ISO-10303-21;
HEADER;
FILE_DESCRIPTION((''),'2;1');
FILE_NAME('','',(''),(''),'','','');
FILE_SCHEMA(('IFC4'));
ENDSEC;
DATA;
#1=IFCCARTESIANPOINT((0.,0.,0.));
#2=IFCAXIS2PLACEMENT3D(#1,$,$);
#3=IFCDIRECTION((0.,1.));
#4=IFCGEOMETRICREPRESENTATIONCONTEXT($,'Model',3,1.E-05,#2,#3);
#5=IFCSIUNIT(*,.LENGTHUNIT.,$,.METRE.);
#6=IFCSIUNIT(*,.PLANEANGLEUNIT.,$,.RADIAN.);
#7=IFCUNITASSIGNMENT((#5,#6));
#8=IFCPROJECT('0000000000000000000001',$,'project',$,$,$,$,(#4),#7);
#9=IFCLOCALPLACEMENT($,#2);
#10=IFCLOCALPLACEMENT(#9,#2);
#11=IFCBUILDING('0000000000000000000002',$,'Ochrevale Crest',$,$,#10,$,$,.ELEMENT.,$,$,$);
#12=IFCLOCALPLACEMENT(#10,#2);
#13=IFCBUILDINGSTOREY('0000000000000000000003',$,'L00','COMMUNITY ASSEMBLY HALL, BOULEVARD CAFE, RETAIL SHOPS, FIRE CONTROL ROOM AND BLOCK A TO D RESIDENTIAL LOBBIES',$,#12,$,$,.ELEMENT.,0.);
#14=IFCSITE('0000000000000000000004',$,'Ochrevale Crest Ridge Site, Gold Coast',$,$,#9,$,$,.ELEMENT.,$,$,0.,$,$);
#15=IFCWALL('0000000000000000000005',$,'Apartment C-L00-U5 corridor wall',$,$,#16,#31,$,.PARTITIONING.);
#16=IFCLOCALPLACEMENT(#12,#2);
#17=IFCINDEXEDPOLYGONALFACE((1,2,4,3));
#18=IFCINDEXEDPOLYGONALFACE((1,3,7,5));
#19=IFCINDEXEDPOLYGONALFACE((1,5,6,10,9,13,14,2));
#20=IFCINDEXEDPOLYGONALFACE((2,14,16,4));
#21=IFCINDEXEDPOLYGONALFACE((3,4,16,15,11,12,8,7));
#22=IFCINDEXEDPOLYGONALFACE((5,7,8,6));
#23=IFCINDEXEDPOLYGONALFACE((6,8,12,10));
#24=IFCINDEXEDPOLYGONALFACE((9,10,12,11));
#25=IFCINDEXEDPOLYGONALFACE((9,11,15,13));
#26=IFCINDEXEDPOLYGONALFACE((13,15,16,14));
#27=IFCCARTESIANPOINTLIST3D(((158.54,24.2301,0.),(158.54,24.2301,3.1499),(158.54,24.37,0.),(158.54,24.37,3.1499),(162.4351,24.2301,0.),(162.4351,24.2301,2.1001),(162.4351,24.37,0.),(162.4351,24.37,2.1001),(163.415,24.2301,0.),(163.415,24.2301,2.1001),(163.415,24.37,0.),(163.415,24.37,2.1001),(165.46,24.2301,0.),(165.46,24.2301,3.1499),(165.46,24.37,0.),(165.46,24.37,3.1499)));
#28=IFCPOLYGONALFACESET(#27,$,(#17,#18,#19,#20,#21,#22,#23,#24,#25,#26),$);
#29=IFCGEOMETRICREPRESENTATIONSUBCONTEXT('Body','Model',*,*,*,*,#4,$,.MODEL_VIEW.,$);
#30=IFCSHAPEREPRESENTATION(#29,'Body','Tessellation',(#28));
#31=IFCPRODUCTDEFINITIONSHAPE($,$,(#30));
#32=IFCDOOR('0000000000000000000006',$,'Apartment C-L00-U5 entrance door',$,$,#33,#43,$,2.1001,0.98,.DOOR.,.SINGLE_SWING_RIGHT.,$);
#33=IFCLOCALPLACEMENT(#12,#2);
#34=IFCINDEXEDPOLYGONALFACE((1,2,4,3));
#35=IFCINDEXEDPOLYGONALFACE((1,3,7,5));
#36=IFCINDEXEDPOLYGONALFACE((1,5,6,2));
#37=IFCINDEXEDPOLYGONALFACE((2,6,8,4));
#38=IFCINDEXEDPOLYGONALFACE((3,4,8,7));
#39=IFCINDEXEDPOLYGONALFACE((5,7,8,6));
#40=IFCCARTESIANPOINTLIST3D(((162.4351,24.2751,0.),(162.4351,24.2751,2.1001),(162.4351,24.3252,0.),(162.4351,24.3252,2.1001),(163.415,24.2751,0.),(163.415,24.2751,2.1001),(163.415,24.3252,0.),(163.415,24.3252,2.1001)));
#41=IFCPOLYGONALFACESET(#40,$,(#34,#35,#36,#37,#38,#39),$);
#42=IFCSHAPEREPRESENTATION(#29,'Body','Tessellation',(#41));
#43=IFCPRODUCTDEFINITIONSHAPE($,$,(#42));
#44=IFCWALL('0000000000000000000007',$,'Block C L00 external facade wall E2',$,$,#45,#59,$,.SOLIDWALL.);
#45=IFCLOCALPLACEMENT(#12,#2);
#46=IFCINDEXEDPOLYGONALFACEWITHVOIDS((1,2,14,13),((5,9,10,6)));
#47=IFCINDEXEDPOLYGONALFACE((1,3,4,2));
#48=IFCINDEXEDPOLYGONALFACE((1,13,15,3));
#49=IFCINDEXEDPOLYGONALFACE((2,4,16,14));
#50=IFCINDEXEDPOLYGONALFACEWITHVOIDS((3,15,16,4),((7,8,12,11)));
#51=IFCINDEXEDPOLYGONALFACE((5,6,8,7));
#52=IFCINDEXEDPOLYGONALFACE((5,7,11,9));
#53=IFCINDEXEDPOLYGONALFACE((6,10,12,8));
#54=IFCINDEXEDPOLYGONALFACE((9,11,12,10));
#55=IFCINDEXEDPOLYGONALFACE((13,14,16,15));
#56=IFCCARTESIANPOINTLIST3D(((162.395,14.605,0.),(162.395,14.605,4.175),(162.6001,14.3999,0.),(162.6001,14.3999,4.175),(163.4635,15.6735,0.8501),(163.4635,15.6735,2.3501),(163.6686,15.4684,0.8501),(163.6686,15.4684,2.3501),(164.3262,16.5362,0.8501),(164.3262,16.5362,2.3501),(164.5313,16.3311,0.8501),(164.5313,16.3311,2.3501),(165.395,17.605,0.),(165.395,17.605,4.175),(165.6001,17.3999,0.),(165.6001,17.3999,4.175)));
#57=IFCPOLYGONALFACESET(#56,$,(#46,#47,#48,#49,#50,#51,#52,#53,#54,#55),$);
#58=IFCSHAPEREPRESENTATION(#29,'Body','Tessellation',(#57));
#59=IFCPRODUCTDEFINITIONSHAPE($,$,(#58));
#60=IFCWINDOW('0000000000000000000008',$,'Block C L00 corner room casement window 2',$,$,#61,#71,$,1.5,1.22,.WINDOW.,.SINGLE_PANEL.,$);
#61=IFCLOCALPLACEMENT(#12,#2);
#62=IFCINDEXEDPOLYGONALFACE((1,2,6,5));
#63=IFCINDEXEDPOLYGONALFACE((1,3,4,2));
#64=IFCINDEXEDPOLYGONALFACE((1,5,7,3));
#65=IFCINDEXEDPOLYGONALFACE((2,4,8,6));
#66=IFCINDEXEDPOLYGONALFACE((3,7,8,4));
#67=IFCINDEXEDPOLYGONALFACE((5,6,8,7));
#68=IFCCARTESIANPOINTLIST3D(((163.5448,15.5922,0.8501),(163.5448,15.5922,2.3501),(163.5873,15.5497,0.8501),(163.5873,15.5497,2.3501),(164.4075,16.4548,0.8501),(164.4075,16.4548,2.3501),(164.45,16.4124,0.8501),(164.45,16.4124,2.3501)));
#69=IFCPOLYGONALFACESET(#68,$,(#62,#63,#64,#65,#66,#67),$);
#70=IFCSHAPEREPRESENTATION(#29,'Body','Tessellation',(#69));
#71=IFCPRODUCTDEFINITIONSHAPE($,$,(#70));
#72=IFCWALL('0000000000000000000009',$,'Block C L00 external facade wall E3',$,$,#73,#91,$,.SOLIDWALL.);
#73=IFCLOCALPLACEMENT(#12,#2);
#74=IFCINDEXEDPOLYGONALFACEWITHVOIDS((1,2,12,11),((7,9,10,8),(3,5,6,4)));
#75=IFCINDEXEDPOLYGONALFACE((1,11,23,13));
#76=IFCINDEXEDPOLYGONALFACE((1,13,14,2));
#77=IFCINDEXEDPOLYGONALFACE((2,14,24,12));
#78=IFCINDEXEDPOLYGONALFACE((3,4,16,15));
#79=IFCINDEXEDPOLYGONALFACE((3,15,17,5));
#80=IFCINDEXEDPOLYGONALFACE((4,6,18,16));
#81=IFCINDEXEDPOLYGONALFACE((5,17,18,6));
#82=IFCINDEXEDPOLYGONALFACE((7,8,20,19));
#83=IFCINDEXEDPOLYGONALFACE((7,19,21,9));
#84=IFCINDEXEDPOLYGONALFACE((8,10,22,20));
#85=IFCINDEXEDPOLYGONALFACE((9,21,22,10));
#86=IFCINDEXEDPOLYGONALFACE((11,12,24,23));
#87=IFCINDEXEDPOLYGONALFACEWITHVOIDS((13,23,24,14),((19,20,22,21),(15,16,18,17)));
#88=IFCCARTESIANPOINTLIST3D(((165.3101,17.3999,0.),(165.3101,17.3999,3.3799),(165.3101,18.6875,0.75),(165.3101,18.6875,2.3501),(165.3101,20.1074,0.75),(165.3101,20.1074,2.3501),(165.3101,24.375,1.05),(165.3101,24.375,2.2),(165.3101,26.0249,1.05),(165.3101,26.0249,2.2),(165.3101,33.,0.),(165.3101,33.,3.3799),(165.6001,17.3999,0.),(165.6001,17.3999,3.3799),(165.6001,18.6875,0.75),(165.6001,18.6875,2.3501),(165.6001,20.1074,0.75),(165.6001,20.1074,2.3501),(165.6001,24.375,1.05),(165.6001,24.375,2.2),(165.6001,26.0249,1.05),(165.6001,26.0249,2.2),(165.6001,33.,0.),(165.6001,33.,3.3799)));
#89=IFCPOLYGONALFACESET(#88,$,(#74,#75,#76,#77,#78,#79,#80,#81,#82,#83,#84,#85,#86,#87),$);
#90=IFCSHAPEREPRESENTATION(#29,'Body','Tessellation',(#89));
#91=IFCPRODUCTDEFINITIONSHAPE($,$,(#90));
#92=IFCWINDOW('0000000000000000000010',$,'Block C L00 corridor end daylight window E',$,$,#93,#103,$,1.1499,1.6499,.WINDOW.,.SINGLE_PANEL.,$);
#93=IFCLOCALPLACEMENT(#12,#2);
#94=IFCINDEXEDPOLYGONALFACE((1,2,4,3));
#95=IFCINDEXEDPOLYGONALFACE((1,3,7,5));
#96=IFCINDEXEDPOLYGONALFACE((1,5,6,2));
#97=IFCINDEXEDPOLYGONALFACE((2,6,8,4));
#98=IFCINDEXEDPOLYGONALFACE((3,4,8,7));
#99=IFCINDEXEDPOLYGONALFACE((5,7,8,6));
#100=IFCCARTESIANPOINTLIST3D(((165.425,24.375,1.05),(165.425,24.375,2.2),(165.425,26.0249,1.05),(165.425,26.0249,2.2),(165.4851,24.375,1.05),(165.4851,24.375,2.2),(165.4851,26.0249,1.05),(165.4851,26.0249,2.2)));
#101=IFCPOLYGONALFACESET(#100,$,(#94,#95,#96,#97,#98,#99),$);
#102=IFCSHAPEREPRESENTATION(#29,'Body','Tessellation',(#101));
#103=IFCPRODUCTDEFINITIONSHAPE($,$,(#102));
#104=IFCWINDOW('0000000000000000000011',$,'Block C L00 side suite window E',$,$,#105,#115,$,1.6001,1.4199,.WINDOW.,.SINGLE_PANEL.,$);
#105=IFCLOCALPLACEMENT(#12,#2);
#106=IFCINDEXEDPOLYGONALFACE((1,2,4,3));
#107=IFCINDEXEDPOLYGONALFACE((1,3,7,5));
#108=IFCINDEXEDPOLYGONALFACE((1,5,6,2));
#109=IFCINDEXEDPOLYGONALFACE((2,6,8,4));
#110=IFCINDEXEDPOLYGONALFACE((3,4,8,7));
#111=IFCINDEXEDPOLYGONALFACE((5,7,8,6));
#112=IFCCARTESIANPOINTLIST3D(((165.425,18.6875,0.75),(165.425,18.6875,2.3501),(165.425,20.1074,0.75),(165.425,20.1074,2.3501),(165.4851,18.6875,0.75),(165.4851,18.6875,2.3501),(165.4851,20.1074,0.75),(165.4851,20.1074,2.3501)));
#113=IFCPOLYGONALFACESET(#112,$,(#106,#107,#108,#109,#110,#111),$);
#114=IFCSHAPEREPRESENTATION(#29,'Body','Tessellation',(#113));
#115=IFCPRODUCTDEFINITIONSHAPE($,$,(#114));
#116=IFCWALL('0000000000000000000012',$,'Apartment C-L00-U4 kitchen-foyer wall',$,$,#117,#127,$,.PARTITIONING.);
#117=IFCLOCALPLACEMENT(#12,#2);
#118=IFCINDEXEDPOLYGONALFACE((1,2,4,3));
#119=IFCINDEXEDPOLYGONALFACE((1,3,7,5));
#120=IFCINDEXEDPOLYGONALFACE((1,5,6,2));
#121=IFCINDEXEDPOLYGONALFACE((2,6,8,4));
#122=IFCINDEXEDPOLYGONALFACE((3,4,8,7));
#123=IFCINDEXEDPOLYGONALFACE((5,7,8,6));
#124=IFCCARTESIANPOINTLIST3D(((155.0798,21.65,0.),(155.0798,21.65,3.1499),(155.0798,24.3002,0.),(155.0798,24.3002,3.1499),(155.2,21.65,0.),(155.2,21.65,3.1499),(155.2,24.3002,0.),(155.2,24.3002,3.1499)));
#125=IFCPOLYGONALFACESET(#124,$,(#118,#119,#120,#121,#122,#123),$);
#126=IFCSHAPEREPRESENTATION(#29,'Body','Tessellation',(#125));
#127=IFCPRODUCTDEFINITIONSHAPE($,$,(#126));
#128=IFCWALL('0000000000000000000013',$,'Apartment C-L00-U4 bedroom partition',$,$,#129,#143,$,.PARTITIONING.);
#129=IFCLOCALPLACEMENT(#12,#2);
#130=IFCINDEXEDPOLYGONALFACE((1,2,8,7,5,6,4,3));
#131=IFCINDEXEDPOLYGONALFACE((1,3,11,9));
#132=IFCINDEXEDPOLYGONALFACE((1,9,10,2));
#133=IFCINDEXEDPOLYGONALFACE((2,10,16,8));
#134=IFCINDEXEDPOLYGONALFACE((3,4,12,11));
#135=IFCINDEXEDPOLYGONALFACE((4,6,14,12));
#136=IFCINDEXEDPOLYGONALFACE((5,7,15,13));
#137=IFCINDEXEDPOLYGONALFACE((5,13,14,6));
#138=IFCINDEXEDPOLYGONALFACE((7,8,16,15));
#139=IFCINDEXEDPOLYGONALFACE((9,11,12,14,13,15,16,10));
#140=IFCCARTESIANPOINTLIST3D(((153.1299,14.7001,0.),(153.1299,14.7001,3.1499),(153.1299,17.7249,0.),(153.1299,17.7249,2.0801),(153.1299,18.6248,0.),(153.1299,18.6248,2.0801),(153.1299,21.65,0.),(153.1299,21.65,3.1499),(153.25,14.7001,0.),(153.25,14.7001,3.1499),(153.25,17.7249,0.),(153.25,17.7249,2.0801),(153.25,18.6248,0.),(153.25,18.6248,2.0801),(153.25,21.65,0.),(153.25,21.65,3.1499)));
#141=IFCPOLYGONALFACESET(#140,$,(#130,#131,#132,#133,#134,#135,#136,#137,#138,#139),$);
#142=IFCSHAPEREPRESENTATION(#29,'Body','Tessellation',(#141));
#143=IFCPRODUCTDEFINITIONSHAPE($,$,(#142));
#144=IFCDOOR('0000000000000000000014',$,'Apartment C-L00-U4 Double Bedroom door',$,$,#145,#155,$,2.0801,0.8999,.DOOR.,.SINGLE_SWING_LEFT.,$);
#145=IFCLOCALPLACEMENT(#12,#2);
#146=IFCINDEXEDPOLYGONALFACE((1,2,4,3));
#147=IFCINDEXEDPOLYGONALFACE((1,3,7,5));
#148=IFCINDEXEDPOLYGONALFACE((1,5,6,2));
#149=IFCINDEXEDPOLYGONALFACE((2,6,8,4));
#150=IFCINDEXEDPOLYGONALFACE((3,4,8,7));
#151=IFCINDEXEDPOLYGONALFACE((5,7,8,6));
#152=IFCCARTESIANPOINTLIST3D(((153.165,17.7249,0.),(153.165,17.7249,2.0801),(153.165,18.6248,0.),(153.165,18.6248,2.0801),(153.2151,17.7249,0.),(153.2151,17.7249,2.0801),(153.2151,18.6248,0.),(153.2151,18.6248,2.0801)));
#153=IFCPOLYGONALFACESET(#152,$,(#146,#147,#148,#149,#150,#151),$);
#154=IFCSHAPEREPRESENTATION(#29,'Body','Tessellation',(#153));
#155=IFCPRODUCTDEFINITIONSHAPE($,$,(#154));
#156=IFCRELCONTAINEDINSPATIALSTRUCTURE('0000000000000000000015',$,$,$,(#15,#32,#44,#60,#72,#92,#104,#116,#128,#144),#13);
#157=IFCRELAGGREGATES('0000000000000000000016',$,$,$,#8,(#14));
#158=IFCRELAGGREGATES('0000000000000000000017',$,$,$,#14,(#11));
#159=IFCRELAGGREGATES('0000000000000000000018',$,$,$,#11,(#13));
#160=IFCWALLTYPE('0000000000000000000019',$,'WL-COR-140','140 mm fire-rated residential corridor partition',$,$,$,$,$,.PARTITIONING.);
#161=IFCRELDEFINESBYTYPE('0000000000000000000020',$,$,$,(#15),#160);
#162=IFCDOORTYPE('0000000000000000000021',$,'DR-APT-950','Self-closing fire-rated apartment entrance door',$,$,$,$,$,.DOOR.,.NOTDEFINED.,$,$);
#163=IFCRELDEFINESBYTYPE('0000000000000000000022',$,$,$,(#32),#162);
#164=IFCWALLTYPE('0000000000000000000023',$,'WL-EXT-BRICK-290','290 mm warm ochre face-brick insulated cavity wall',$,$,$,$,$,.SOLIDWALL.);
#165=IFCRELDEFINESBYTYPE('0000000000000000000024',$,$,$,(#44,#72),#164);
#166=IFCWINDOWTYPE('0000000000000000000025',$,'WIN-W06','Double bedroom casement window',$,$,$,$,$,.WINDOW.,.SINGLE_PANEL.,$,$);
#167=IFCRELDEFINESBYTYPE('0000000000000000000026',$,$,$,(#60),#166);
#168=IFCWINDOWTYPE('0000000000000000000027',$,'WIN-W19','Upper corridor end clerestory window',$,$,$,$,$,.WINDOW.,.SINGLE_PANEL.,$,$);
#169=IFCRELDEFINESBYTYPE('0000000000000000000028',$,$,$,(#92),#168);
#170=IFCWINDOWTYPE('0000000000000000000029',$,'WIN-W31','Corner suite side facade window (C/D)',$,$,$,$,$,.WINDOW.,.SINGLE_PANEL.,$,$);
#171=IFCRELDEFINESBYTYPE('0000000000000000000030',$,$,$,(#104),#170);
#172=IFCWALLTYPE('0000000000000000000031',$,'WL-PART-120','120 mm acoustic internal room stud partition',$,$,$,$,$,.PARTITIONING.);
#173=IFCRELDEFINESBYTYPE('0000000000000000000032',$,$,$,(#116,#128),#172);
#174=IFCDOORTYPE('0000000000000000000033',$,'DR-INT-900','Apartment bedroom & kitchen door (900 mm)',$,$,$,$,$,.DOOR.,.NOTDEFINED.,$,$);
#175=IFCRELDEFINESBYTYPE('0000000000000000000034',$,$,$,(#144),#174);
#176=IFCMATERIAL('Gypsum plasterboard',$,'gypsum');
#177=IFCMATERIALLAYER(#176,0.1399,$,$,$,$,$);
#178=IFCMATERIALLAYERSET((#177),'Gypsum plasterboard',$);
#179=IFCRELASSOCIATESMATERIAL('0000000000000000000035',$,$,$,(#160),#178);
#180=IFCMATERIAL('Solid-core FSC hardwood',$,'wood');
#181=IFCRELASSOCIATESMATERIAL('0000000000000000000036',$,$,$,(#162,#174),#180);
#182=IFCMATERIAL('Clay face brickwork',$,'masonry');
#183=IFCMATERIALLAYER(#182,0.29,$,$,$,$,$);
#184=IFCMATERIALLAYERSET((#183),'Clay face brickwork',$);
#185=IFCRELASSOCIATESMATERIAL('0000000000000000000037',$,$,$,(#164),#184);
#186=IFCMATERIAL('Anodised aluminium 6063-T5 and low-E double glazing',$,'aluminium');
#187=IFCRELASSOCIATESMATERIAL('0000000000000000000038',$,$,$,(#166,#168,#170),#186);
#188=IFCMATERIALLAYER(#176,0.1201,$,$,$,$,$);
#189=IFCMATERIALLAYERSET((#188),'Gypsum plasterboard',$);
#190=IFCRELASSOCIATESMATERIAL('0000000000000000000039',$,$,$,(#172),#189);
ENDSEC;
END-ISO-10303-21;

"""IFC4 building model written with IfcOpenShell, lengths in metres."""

from ifc_helpers import new_model, si_unit, direction, frame, frame_2d, origin, place, context, subcontext, project, spatial, rectangle, extrude, material, layer, layer_set, type_object, element, fill, save


model = new_model("IFC4")

# Units and contexts
model_context = context("Model", 3, precision=1e-05, world=origin(), true_north=direction((0.0, 1.0)))
body_context = subcontext(model_context, "Body", "Model", "MODEL_VIEW")
ifc_project = project(units=[si_unit("LENGTHUNIT", "METRE"), si_unit("PLANEANGLEUNIT", "RADIAN")], contexts=[model_context])

# Site, building, storey
site_placement = place(None, origin())
site = spatial("IfcSite", under=ifc_project, at=site_placement, Name="Ochrevale Crest Ridge Site, Gold Coast", CompositionType="ELEMENT", RefElevation=0.0)
building_placement = place(site_placement, origin())
building = spatial("IfcBuilding", under=site, at=building_placement, Name="Ochrevale Crest", CompositionType="ELEMENT")
storey_placement = place(building_placement, origin())
storey = spatial("IfcBuildingStorey", under=building, at=storey_placement, Name="L00", Description="COMMUNITY ASSEMBLY HALL, BOULEVARD CAFE, RETAIL SHOPS, FIRE CONTROL ROOM AND BLOCK A TO D RESIDENTIAL LOBBIES", CompositionType="ELEMENT", Elevation=0.0)

# Wall, opening, door
ifc_material_1 = material(Name="Gypsum plasterboard", Category="gypsum")
ifc_layer_1 = layer(ifc_material_1, 0.1399)
ifc_layer_set_1 = layer_set([ifc_layer_1], Name="Gypsum plasterboard")
wall_type_1 = type_object("IfcWallType", Name="WL-COR-140", Description="140 mm fire-rated residential corridor partition", PredefinedType="PARTITIONING", material=ifc_layer_set_1)
wall_1_placement = place(storey_placement, frame((158.54, 24.3, 0.0), z_axis=(0.0, 0.0, 1.0), x_axis=(1.0, 0.0, 0.0)))
wall_1 = element("IfcWall", 1, at=wall_1_placement, inside=storey, type_object=wall_type_1, Name="Apartment C-L00-U5 corridor wall", PredefinedType="PARTITIONING", context=body_context, shape_type="SweptSolid", body=[
    extrude(rectangle(XDim=6.9199, YDim=0.1399, at=frame_2d((3.46, 0.0))), origin(), (0.0, 0.0, 1.0), 3.1499),
])
opening_1_placement = place(wall_1_placement, frame((4.875, 0.0, 0.0), z_axis=(0.0, 0.0, 1.0), x_axis=(-1.0, 0.0, 0.0)))
opening_1 = element("IfcOpeningElement", 2, at=opening_1_placement, cuts=wall_1, PredefinedType="OPENING", context=body_context, shape_type="SweptSolid", body=[
    extrude(rectangle(XDim=0.98, YDim=2.1001, at=frame_2d((0.49, 1.05))), frame((0.0, 0.0801, 0.0), z_axis=(0.0, -1.0, 0.0), x_axis=(1.0, 0.0, 0.0)), (0.0, 0.0, 1.0), 0.1599),
])
ifc_material_2 = material(Name="Solid-core FSC hardwood", Category="wood")
door_type_1 = type_object("IfcDoorType", Name="DR-APT-950", Description="Self-closing fire-rated apartment entrance door", OperationType="NOTDEFINED", PredefinedType="DOOR", material=ifc_material_2)
door_1_placement = place(opening_1_placement, origin())
door_1 = element("IfcDoor", 3, at=door_1_placement, inside=storey, type_object=door_type_1, Name="Apartment C-L00-U5 entrance door", OperationType="SINGLE_SWING_RIGHT", OverallHeight=2.1001, OverallWidth=0.98, PredefinedType="DOOR", context=body_context, shape_type="SweptSolid", body=[
    extrude(rectangle(XDim=0.98, YDim=2.1001, at=frame_2d((0.49, 1.05))), frame((0.0, 0.0249, 0.0), z_axis=(0.0, -1.0, 0.0), x_axis=(1.0, 0.0, 0.0)), (0.0, 0.0, 1.0), 0.05),
])
fill(opening_1, door_1)

# Wall, opening, window
ifc_material_3 = material(Name="Clay face brickwork", Category="masonry")
ifc_layer_2 = layer(ifc_material_3, 0.29)
ifc_layer_set_2 = layer_set([ifc_layer_2], Name="Clay face brickwork")
wall_type_2 = type_object("IfcWallType", Name="WL-EXT-BRICK-290", Description="290 mm warm ochre face-brick insulated cavity wall", PredefinedType="SOLIDWALL", material=ifc_layer_set_2)
wall_2_placement = place(storey_placement, frame((162.4976, 14.5024, 0.0), z_axis=(0.0, 0.0, 1.0), x_axis=(0.707107, 0.707107, 0.0)))
wall_2 = element("IfcWall", 4, at=wall_2_placement, inside=storey, type_object=wall_type_2, Name="Block C L00 external facade wall E2", PredefinedType="SOLIDWALL", context=body_context, shape_type="SweptSolid", body=[
    extrude(rectangle(XDim=4.2427, YDim=0.29, at=frame_2d((2.1213, 0.0))), origin(), (0.0, 0.0, 1.0), 4.175),
])
opening_2_placement = place(wall_2_placement, frame((1.5112, 0.0, 0.8501)))
opening_2 = element("IfcOpeningElement", 5, at=opening_2_placement, cuts=wall_2, PredefinedType="OPENING", context=body_context, shape_type="SweptSolid", body=[
    extrude(rectangle(XDim=1.22, YDim=1.5, at=frame_2d((0.6099, 0.75))), frame((0.0, 0.155, 0.0), z_axis=(0.0, -1.0, 0.0), x_axis=(1.0, 0.0, 0.0)), (0.0, 0.0, 1.0), 0.3101),
])
ifc_material_4 = material(Name="Anodised aluminium 6063-T5 and low-E double glazing", Category="aluminium")
window_type_1 = type_object("IfcWindowType", Name="WIN-W06", Description="Double bedroom casement window", PartitioningType="SINGLE_PANEL", PredefinedType="WINDOW", material=ifc_material_4)
window_1_placement = place(opening_2_placement, origin())
window_1 = element("IfcWindow", 6, at=window_1_placement, inside=storey, type_object=window_type_1, Name="Block C L00 corner room casement window 2", OverallHeight=1.5, OverallWidth=1.22, PartitioningType="SINGLE_PANEL", PredefinedType="WINDOW", context=body_context, shape_type="SweptSolid", body=[
    extrude(rectangle(XDim=1.22, YDim=1.5, at=frame_2d((0.6099, 0.75))), frame((0.0, 0.03, 0.0), z_axis=(0.0, -1.0, 0.0), x_axis=(1.0, 0.0, 0.0)), (0.0, 0.0, 1.0), 0.0601),
])
fill(opening_2, window_1)

# Wall, openings, windows
wall_3_placement = place(storey_placement, frame((165.4551, 17.3999, 0.0), z_axis=(0.0, 0.0, 1.0), x_axis=(0.0, 1.0, 0.0)))
wall_3 = element("IfcWall", 7, at=wall_3_placement, inside=storey, type_object=wall_type_2, Name="Block C L00 external facade wall E3", PredefinedType="SOLIDWALL", context=body_context, shape_type="SweptSolid", body=[
    extrude(rectangle(XDim=15.6001, YDim=0.29, at=frame_2d((7.8, 0.0))), origin(), (0.0, 0.0, 1.0), 3.3799),
])
opening_3_placement = place(wall_3_placement, frame((6.9751, 0.0, 1.05)))
opening_3 = element("IfcOpeningElement", 8, at=opening_3_placement, cuts=wall_3, PredefinedType="OPENING", context=body_context, shape_type="SweptSolid", body=[
    extrude(rectangle(XDim=1.6499, YDim=1.1499, at=frame_2d((0.825, 0.575))), frame((0.0, 0.155, 0.0), z_axis=(0.0, -1.0, 0.0), x_axis=(1.0, 0.0, 0.0)), (0.0, 0.0, 1.0), 0.3101),
])
opening_4_placement = place(wall_3_placement, frame((1.2876, 0.0, 0.75)))
opening_4 = element("IfcOpeningElement", 9, at=opening_4_placement, cuts=wall_3, PredefinedType="OPENING", context=body_context, shape_type="SweptSolid", body=[
    extrude(rectangle(XDim=1.4199, YDim=1.6001, at=frame_2d((0.71, 0.8))), frame((0.0, 0.155, 0.0), z_axis=(0.0, -1.0, 0.0), x_axis=(1.0, 0.0, 0.0)), (0.0, 0.0, 1.0), 0.3101),
])
window_type_2 = type_object("IfcWindowType", Name="WIN-W19", Description="Upper corridor end clerestory window", PartitioningType="SINGLE_PANEL", PredefinedType="WINDOW", material=ifc_material_4)
window_2_placement = place(opening_3_placement, origin())
window_2 = element("IfcWindow", 10, at=window_2_placement, inside=storey, type_object=window_type_2, Name="Block C L00 corridor end daylight window E", OverallHeight=1.1499, OverallWidth=1.6499, PartitioningType="SINGLE_PANEL", PredefinedType="WINDOW", context=body_context, shape_type="SweptSolid", body=[
    extrude(rectangle(XDim=1.6499, YDim=1.1499, at=frame_2d((0.825, 0.575))), frame((0.0, 0.03, 0.0), z_axis=(0.0, -1.0, 0.0), x_axis=(1.0, 0.0, 0.0)), (0.0, 0.0, 1.0), 0.0601),
])
fill(opening_3, window_2)
window_type_3 = type_object("IfcWindowType", Name="WIN-W31", Description="Corner suite side facade window (C/D)", PartitioningType="SINGLE_PANEL", PredefinedType="WINDOW", material=ifc_material_4)
window_3_placement = place(opening_4_placement, origin())
window_3 = element("IfcWindow", 11, at=window_3_placement, inside=storey, type_object=window_type_3, Name="Block C L00 side suite window E", OverallHeight=1.6001, OverallWidth=1.4199, PartitioningType="SINGLE_PANEL", PredefinedType="WINDOW", context=body_context, shape_type="SweptSolid", body=[
    extrude(rectangle(XDim=1.4199, YDim=1.6001, at=frame_2d((0.71, 0.8))), frame((0.0, 0.03, 0.0), z_axis=(0.0, -1.0, 0.0), x_axis=(1.0, 0.0, 0.0)), (0.0, 0.0, 1.0), 0.0601),
])
fill(opening_4, window_3)

# Wall
ifc_layer_3 = layer(ifc_material_1, 0.1201)
ifc_layer_set_3 = layer_set([ifc_layer_3], Name="Gypsum plasterboard")
wall_type_3 = type_object("IfcWallType", Name="WL-PART-120", Description="120 mm acoustic internal room stud partition", PredefinedType="PARTITIONING", material=ifc_layer_set_3)
wall_4_placement = place(storey_placement, frame((155.1399, 21.6499, 0.0), z_axis=(0.0, 0.0, 1.0), x_axis=(0.0, 1.0, 0.0)))
element("IfcWall", 12, at=wall_4_placement, inside=storey, type_object=wall_type_3, Name="Apartment C-L00-U4 kitchen-foyer wall", PredefinedType="PARTITIONING", context=body_context, shape_type="SweptSolid", body=[
    extrude(rectangle(XDim=2.6501, YDim=0.1201, at=frame_2d((1.3252, 0.0))), origin(), (0.0, 0.0, 1.0), 3.1499),
])

# Wall, opening, door
wall_5_placement = place(storey_placement, frame((153.1899, 14.7, 0.0), z_axis=(0.0, 0.0, 1.0), x_axis=(0.0, 1.0, 0.0)))
wall_5 = element("IfcWall", 13, at=wall_5_placement, inside=storey, type_object=wall_type_3, Name="Apartment C-L00-U4 bedroom partition", PredefinedType="PARTITIONING", context=body_context, shape_type="SweptSolid", body=[
    extrude(rectangle(XDim=6.95, YDim=0.1201, at=frame_2d((3.4751, 0.0))), origin(), (0.0, 0.0, 1.0), 3.1499),
])
opening_5_placement = place(wall_5_placement, frame((3.0249, 0.0, 0.0)))
opening_5 = element("IfcOpeningElement", 14, at=opening_5_placement, cuts=wall_5, PredefinedType="OPENING", context=body_context, shape_type="SweptSolid", body=[
    extrude(rectangle(XDim=0.8999, YDim=2.0801, at=frame_2d((0.45, 1.04))), frame((0.0, 0.0701, 0.0), z_axis=(0.0, -1.0, 0.0), x_axis=(1.0, 0.0, 0.0)), (0.0, 0.0, 1.0), 0.1401),
])
door_type_2 = type_object("IfcDoorType", Name="DR-INT-900", Description="Apartment bedroom & kitchen door (900 mm)", OperationType="NOTDEFINED", PredefinedType="DOOR", material=ifc_material_2)
door_2_placement = place(opening_5_placement, origin())
door_2 = element("IfcDoor", 15, at=door_2_placement, inside=storey, type_object=door_type_2, Name="Apartment C-L00-U4 Double Bedroom door", OperationType="SINGLE_SWING_LEFT", OverallHeight=2.0801, OverallWidth=0.8999, PredefinedType="DOOR", context=body_context, shape_type="SweptSolid", body=[
    extrude(rectangle(XDim=0.8999, YDim=2.0801, at=frame_2d((0.45, 1.04))), frame((0.0, 0.0249, 0.0), z_axis=(0.0, -1.0, 0.0), x_axis=(1.0, 0.0, 0.0)), (0.0, 0.0, 1.0), 0.05),
])
fill(opening_5, door_2)

save(model, "model.ifc")
